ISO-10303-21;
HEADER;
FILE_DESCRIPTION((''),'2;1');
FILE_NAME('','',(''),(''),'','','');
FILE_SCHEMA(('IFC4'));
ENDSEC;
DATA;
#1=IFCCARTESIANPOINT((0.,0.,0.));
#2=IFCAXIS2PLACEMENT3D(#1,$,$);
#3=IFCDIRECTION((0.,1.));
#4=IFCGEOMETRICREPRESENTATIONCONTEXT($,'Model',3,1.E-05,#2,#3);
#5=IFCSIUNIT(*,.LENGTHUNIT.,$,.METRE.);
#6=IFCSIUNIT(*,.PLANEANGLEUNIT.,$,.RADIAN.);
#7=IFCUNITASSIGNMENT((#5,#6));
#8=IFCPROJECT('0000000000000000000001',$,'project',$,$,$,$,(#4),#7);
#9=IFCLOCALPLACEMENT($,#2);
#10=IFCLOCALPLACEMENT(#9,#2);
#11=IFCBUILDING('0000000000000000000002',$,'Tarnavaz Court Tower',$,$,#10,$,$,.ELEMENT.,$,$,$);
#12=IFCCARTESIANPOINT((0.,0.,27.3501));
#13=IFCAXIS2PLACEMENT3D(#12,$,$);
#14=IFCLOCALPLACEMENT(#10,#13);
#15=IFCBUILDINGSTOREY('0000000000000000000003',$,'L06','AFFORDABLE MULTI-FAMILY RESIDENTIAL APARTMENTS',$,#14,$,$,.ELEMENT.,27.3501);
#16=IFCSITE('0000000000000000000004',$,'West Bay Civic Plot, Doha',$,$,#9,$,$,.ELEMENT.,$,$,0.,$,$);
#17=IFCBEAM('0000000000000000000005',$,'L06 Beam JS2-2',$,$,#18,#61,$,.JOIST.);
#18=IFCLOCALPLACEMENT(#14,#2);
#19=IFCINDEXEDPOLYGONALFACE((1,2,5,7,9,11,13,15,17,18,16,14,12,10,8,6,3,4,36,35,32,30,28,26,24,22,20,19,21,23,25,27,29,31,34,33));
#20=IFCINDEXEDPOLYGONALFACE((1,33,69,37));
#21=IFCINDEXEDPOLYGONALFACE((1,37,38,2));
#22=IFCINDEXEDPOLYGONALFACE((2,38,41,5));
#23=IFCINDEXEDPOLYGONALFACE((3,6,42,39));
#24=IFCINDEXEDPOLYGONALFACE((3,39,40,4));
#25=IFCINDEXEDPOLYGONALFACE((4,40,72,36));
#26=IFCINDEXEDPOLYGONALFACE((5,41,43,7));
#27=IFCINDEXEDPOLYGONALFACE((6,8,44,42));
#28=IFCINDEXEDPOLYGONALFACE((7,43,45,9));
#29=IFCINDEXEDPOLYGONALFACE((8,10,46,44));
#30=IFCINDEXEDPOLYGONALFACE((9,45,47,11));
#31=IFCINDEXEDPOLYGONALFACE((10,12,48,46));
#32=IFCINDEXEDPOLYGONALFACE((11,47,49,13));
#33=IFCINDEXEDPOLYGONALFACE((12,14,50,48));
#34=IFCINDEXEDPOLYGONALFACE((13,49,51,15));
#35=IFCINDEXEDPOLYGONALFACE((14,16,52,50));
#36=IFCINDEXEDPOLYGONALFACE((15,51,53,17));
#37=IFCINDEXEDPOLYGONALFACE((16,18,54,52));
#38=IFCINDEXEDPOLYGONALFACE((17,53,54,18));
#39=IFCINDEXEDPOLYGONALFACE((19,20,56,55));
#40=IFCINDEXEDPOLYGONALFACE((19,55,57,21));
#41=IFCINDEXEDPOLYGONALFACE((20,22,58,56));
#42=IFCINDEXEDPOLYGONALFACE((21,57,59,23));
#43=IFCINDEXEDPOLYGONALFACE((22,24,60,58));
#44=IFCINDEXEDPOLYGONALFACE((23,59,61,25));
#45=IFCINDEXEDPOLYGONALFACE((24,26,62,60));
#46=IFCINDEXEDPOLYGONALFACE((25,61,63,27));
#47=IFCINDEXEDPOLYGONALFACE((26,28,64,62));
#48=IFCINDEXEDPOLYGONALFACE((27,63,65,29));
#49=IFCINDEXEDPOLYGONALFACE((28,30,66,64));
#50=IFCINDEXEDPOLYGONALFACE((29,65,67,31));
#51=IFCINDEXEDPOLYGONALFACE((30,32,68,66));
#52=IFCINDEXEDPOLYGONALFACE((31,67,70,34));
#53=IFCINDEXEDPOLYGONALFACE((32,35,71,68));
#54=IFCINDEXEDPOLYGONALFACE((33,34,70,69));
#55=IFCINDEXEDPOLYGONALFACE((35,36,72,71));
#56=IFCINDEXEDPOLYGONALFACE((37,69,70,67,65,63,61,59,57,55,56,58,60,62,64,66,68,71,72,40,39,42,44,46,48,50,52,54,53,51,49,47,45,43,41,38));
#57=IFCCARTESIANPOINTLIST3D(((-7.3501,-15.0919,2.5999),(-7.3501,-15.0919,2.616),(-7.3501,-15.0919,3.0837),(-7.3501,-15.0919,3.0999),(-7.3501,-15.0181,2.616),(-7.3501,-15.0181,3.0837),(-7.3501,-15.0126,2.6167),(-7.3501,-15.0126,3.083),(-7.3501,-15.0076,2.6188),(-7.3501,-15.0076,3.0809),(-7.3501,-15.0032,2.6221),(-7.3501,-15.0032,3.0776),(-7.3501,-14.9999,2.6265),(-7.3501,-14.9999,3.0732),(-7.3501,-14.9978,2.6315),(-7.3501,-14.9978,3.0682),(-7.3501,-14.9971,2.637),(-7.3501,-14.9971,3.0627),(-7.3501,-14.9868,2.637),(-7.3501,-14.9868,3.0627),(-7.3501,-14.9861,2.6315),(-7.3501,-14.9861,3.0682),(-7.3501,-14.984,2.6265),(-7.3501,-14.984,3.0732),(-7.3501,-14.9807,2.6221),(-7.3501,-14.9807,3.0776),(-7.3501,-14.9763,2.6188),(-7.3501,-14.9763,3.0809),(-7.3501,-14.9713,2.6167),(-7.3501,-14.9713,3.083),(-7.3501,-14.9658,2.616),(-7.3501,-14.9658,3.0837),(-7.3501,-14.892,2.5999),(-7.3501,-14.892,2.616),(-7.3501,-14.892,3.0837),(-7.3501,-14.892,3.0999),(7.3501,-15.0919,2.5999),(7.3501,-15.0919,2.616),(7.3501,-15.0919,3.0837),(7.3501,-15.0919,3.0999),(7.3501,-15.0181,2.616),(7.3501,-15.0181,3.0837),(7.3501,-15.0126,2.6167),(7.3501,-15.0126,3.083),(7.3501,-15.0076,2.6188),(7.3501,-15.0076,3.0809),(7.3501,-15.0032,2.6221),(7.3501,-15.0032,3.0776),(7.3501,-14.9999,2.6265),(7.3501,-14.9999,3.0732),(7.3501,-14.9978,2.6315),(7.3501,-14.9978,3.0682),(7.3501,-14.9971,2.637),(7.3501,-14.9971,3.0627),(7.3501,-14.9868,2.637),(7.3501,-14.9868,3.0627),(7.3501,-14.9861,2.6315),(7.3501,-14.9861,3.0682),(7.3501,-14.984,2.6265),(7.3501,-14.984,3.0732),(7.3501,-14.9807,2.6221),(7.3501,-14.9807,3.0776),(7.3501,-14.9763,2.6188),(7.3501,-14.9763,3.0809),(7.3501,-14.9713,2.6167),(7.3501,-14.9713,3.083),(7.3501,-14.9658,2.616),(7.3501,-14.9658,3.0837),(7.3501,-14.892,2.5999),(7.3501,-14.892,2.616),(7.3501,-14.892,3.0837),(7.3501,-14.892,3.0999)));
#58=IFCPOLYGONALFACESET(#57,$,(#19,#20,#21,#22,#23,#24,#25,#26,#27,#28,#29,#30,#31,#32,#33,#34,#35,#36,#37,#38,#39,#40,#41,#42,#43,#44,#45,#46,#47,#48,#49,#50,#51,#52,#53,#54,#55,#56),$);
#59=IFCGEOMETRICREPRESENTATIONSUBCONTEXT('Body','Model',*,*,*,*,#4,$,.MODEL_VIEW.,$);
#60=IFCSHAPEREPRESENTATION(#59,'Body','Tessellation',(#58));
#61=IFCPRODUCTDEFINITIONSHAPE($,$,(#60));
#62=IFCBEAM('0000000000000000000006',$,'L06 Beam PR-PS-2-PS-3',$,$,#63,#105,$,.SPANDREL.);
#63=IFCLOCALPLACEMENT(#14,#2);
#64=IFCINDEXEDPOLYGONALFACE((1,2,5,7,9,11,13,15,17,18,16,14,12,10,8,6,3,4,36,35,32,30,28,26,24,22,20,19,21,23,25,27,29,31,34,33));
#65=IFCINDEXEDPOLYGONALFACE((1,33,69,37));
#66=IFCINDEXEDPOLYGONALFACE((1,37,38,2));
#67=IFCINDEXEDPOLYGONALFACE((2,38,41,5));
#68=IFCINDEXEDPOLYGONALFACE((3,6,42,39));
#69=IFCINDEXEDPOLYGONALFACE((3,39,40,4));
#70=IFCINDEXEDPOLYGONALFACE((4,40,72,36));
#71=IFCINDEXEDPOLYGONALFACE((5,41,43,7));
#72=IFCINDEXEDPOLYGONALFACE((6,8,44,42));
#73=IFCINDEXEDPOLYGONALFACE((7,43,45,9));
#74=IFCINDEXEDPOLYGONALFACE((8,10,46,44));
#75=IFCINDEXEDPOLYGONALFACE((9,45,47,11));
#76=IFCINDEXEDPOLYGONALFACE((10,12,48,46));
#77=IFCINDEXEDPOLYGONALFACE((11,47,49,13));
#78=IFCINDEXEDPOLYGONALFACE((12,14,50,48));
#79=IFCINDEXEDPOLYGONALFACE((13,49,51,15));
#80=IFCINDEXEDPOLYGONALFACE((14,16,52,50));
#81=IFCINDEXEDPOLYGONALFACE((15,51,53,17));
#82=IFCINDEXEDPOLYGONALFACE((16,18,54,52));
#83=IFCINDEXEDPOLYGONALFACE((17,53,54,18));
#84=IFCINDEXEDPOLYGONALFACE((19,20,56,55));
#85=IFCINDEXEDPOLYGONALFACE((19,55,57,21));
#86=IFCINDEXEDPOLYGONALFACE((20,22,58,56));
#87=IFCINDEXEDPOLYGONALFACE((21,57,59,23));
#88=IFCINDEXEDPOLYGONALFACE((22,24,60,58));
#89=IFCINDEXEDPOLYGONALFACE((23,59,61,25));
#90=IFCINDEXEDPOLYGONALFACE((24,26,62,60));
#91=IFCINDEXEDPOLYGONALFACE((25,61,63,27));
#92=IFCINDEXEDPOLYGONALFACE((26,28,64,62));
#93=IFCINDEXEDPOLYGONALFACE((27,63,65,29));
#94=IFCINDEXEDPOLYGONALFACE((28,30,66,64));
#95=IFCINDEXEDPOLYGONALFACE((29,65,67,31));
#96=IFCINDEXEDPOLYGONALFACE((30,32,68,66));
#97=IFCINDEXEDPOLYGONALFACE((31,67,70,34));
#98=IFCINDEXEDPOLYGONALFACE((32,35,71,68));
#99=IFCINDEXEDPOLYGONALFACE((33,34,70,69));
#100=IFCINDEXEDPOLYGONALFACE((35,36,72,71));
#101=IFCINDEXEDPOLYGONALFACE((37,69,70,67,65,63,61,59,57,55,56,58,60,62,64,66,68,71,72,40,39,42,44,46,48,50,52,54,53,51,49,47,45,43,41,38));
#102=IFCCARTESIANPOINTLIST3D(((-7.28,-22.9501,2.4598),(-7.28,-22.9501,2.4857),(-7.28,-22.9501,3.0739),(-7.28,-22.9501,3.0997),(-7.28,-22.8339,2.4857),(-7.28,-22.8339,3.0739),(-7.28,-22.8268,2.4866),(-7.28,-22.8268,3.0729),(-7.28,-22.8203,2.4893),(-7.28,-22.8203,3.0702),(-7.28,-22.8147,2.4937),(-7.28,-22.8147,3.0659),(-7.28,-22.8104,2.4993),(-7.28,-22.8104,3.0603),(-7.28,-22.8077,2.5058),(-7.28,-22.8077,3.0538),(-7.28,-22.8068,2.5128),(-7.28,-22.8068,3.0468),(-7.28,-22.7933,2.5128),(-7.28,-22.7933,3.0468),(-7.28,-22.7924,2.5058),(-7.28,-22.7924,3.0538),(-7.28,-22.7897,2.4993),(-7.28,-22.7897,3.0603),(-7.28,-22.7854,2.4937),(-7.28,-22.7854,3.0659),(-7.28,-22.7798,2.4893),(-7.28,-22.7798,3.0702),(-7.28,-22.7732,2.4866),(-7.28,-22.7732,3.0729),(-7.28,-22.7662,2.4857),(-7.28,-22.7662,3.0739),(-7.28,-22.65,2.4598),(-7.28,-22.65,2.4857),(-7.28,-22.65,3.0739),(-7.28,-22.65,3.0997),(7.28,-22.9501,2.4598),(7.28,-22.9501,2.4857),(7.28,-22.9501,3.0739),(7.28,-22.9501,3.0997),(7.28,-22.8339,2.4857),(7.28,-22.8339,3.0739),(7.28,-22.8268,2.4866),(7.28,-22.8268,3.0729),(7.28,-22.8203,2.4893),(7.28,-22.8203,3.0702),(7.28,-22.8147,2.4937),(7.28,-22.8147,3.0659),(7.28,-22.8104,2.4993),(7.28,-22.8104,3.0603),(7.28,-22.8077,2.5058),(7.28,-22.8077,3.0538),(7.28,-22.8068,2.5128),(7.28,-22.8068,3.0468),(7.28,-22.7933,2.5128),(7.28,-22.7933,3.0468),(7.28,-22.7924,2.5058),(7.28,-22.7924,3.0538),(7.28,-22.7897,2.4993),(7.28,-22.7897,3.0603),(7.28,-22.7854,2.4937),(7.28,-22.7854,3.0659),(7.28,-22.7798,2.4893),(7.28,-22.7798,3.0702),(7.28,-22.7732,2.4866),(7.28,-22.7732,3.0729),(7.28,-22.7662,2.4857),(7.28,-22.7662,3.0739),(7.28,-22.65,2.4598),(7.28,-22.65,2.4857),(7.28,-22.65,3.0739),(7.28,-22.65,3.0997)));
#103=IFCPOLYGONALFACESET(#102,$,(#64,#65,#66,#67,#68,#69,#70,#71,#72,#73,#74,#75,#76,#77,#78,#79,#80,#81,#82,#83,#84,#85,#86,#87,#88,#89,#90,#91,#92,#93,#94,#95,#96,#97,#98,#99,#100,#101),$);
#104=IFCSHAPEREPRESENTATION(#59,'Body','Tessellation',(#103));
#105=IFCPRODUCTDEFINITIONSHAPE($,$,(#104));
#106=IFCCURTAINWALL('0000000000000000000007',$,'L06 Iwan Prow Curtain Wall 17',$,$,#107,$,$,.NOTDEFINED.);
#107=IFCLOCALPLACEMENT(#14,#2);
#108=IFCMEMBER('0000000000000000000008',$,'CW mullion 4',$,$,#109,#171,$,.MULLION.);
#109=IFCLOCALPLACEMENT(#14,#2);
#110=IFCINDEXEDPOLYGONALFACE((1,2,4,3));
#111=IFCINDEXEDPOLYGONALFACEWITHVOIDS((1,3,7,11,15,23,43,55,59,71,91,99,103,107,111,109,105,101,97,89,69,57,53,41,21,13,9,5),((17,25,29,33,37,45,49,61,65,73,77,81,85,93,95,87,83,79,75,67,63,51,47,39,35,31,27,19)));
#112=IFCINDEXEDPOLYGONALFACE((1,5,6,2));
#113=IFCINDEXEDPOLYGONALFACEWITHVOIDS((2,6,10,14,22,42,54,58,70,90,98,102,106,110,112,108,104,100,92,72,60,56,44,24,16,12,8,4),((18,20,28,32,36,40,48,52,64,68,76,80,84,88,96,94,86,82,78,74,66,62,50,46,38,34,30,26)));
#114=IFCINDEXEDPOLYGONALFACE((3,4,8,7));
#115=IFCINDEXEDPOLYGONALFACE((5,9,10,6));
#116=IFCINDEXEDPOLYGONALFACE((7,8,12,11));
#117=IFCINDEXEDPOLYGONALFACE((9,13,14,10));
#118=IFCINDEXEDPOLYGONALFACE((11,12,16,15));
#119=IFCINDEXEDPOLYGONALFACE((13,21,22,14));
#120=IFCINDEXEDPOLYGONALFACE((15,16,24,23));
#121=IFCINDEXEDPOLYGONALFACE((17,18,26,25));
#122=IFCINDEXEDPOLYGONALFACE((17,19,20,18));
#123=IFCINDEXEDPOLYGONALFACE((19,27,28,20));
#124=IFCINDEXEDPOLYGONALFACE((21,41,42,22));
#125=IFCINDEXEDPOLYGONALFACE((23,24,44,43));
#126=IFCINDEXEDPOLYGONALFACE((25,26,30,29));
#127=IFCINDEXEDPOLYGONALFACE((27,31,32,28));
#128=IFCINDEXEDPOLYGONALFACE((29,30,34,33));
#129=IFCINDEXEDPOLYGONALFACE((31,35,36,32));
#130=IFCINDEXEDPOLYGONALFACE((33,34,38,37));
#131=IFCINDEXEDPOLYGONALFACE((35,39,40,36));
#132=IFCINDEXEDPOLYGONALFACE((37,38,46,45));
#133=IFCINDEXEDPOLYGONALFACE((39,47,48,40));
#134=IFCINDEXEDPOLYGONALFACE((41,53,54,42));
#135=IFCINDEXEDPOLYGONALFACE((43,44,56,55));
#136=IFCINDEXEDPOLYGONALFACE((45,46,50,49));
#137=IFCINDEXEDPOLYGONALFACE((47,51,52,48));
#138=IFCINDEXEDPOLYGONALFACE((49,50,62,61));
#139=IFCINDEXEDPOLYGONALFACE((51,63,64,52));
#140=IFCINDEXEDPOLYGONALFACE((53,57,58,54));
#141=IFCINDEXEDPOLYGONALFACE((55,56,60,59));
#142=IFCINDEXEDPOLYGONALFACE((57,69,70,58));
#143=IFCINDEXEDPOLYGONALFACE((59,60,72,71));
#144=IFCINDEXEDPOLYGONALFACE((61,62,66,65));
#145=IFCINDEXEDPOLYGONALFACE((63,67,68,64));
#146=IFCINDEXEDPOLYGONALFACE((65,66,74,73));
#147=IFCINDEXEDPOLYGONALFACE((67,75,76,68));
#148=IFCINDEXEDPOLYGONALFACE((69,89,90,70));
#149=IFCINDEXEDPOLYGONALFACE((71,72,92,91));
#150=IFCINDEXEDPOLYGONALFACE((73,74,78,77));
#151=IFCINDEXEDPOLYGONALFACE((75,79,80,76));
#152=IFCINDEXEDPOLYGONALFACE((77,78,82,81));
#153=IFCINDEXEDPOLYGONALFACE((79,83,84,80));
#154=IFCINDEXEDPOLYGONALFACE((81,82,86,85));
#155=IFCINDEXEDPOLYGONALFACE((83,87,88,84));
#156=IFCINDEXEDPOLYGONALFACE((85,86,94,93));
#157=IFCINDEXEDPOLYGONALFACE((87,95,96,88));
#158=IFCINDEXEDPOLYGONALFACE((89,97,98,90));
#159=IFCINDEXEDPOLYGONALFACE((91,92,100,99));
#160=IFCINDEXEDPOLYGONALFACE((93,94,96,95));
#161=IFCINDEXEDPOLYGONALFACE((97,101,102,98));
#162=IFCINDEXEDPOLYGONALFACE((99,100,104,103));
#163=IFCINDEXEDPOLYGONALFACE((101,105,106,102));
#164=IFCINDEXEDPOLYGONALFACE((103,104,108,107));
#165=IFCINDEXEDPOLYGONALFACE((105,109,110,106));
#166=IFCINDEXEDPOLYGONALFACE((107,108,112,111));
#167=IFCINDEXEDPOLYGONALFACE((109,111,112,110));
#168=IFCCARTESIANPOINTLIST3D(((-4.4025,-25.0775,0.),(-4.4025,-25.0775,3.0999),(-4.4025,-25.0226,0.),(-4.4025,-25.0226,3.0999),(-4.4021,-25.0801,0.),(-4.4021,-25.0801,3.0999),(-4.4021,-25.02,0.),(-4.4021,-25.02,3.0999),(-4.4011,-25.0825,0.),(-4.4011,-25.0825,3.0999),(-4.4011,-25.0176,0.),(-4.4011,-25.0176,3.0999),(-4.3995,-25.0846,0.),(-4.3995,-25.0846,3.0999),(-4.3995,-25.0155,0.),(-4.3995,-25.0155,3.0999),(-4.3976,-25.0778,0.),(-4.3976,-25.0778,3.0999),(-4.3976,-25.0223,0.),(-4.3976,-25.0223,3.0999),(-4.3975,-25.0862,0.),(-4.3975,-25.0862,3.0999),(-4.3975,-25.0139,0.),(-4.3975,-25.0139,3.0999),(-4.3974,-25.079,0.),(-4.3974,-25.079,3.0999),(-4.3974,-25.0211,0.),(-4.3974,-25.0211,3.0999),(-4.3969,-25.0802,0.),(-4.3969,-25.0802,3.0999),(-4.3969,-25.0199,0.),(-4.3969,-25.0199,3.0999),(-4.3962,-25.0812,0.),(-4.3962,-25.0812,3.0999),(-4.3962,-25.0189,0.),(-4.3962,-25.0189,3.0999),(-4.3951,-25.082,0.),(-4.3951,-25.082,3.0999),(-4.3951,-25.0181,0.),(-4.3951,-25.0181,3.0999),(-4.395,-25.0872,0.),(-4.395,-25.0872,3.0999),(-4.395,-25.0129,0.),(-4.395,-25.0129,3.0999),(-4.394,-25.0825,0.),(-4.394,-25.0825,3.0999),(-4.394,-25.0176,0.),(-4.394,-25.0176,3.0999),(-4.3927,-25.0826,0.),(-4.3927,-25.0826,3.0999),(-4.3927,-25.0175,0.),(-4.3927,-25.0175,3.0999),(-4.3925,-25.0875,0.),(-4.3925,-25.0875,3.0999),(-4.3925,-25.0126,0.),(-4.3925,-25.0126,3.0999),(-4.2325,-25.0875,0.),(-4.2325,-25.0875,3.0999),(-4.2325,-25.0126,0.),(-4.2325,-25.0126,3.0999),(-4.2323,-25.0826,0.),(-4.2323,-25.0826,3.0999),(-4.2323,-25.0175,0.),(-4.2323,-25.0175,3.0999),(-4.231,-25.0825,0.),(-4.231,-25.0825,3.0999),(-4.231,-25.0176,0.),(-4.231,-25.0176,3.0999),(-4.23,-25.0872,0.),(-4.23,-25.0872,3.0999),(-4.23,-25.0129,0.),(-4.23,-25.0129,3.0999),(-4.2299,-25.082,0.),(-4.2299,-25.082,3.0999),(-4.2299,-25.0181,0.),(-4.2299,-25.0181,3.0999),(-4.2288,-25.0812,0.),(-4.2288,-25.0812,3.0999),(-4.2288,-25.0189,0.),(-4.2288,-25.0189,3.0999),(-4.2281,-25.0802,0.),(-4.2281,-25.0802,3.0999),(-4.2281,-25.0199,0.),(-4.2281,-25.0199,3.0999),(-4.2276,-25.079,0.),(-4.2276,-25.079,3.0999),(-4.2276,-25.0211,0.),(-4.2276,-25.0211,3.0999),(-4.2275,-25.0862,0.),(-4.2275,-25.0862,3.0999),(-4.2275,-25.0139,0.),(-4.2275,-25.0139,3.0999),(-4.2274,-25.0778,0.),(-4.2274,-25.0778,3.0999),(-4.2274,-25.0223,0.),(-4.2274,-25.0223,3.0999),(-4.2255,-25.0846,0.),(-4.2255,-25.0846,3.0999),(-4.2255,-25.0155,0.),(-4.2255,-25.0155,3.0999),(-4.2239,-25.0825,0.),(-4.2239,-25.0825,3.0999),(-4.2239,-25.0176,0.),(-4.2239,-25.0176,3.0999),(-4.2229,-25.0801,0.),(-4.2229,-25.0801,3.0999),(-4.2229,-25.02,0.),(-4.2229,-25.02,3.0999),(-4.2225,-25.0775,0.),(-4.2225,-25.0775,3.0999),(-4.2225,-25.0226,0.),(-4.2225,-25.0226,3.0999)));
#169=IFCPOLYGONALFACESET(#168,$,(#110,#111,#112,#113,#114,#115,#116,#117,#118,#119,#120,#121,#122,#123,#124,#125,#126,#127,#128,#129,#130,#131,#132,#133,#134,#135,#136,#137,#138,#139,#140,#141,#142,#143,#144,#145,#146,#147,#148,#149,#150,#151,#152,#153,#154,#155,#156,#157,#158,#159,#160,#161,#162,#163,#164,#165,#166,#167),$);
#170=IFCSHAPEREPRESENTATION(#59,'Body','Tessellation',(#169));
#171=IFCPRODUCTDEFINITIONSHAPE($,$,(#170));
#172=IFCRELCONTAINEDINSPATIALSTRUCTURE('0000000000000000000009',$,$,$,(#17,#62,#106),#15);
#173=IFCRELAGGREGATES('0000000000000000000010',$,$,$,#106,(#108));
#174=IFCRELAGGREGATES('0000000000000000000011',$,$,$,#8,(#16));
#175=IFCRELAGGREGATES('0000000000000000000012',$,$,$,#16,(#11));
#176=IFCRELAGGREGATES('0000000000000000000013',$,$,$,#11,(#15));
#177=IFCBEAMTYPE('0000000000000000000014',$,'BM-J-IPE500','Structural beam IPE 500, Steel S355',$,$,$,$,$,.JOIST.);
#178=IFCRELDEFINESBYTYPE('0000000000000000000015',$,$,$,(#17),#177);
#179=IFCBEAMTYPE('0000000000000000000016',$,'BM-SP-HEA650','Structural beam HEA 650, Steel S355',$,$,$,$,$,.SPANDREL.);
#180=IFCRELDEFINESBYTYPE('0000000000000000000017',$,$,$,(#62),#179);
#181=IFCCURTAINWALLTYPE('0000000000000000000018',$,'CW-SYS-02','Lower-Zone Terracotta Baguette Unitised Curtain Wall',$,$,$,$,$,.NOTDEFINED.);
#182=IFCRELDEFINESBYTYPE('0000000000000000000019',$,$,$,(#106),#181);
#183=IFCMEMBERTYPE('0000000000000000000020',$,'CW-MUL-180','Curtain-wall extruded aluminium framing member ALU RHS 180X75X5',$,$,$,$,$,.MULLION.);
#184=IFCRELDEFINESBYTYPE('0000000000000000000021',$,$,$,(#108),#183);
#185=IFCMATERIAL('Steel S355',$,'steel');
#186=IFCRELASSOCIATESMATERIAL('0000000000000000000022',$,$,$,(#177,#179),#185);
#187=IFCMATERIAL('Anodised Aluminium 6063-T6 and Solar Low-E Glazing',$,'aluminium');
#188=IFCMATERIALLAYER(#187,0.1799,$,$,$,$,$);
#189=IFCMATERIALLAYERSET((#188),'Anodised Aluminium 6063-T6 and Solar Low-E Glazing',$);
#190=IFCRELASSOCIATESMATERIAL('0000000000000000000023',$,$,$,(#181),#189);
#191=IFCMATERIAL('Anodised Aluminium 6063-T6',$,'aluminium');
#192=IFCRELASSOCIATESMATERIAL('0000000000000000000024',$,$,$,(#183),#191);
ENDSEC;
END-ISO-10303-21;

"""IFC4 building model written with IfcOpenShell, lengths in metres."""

from ifc_helpers import new_model, si_unit, direction, frame, origin, origin_2d, place, context, subcontext, project, spatial, hollow_rectangle, i_section, extrude, material, layer, layer_set, material_profile, profile_set, type_object, element, aggregate, save


model = new_model("IFC4")

# Units and contexts
model_context = context("Model", 3, precision=1e-05, world=origin(), true_north=direction((0.0, 1.0)))
body_context = subcontext(model_context, "Body", "Model", "MODEL_VIEW")
ifc_project = project(units=[si_unit("LENGTHUNIT", "METRE"), si_unit("PLANEANGLEUNIT", "RADIAN")], contexts=[model_context])

# Site, building, storey
site_placement = place(None, origin())
site = spatial("IfcSite", under=ifc_project, at=site_placement, Name="West Bay Civic Plot, Doha", CompositionType="ELEMENT", RefElevation=0.0)
building_placement = place(site_placement, origin())
building = spatial("IfcBuilding", under=site, at=building_placement, Name="Tarnavaz Court Tower", CompositionType="ELEMENT")
storey_placement = place(building_placement, frame((0.0, 0.0, 27.3501)))
storey = spatial("IfcBuildingStorey", under=building, at=storey_placement, Name="L06", Description="AFFORDABLE MULTI-FAMILY RESIDENTIAL APARTMENTS", CompositionType="ELEMENT", Elevation=27.3501)

# Beams
ifc_material_1 = material(Name="Steel S355", Category="steel")
ifc_material_profile_1 = material_profile(ifc_material_1, i_section(OverallWidth=0.2, OverallDepth=0.5, WebThickness=0.0103, FlangeThickness=0.0161, FilletRadius=0.021, at=origin_2d()), Name="IPE 500")
ifc_profile_set_1 = profile_set([ifc_material_profile_1], Name="Steel S355")
beam_type_1 = type_object("IfcBeamType", Name="BM-J-IPE500", Description="Structural beam IPE 500, Steel S355", PredefinedType="JOIST", material=ifc_profile_set_1)
beam_1_placement = place(storey_placement, frame((-7.3501, -14.9919, 2.8499), z_axis=(1.0, 0.0, 0.0), x_axis=(0.0, 1.0, 0.0)))
element("IfcBeam", 1, at=beam_1_placement, inside=storey, type_object=beam_type_1, Name="L06 Beam JS2-2", PredefinedType="JOIST", context=body_context, shape_type="SweptSolid", body=[
    extrude(i_section(OverallWidth=0.2, OverallDepth=0.5, WebThickness=0.0103, FlangeThickness=0.0161, FilletRadius=0.021, at=origin_2d()), origin(), (0.0, 0.0, 1.0), 14.7002),
])
ifc_material_profile_2 = material_profile(ifc_material_1, i_section(OverallWidth=0.3, OverallDepth=0.6399, WebThickness=0.0134, FlangeThickness=0.0259, FilletRadius=0.0271, at=origin_2d()), Name="HEA 650")
ifc_profile_set_2 = profile_set([ifc_material_profile_2], Name="Steel S355")
beam_type_2 = type_object("IfcBeamType", Name="BM-SP-HEA650", Description="Structural beam HEA 650, Steel S355", PredefinedType="SPANDREL", material=ifc_profile_set_2)
beam_2_placement = place(storey_placement, frame((-7.28, -22.8, 2.7798), z_axis=(1.0, 0.0, 0.0), x_axis=(0.0, 1.0, 0.0)))
element("IfcBeam", 2, at=beam_2_placement, inside=storey, type_object=beam_type_2, Name="L06 Beam PR-PS-2-PS-3", PredefinedType="SPANDREL", context=body_context, shape_type="SweptSolid", body=[
    extrude(i_section(OverallWidth=0.3, OverallDepth=0.6399, WebThickness=0.0134, FlangeThickness=0.0259, FilletRadius=0.0271, at=origin_2d()), origin(), (0.0, 0.0, 1.0), 14.5601),
])

# Curtain wall, member
ifc_material_2 = material(Name="Anodised Aluminium 6063-T6 and Solar Low-E Glazing", Category="aluminium")
ifc_layer_1 = layer(ifc_material_2, 0.1799)
ifc_layer_set_1 = layer_set([ifc_layer_1], Name="Anodised Aluminium 6063-T6 and Solar Low-E Glazing")
curtain_wall_type = type_object("IfcCurtainWallType", Name="CW-SYS-02", Description="Lower-Zone Terracotta Baguette Unitised Curtain Wall", PredefinedType="NOTDEFINED", material=ifc_layer_set_1)
curtain_wall_placement = place(storey_placement, origin())
curtain_wall = element("IfcCurtainWall", 3, at=curtain_wall_placement, inside=storey, type_object=curtain_wall_type, Name="L06 Iwan Prow Curtain Wall 17", PredefinedType="NOTDEFINED")
ifc_material_3 = material(Name="Anodised Aluminium 6063-T6", Category="aluminium")
ifc_material_profile_3 = material_profile(ifc_material_3, hollow_rectangle(XDim=0.075, YDim=0.1799, WallThickness=0.0049, InnerFilletRadius=0.0049, OuterFilletRadius=0.01, at=origin_2d()), Name="ALU RHS 180X75X5")
ifc_profile_set_3 = profile_set([ifc_material_profile_3], Name="Anodised Aluminium 6063-T6")
member_type_1 = type_object("IfcMemberType", Name="CW-MUL-180", Description="Curtain-wall extruded aluminium framing member ALU RHS 180X75X5", PredefinedType="MULLION", material=ifc_profile_set_3)
member_1_placement = place(storey_placement, frame((-4.3125, -25.05, 0.0), z_axis=(0.0, 0.0, 1.0), x_axis=(0.0, -1.0, 0.0)))
member_1 = element("IfcMember", 4, at=member_1_placement, type_object=member_type_1, Name="CW mullion 4", PredefinedType="MULLION", context=body_context, shape_type="SweptSolid", body=[
    extrude(hollow_rectangle(XDim=0.075, YDim=0.1799, WallThickness=0.0049, InnerFilletRadius=0.0049, OuterFilletRadius=0.01, at=origin_2d()), origin(), (0.0, 0.0, 1.0), 3.0999),
])
aggregate(curtain_wall, [member_1])

save(model, "model.ifc")
